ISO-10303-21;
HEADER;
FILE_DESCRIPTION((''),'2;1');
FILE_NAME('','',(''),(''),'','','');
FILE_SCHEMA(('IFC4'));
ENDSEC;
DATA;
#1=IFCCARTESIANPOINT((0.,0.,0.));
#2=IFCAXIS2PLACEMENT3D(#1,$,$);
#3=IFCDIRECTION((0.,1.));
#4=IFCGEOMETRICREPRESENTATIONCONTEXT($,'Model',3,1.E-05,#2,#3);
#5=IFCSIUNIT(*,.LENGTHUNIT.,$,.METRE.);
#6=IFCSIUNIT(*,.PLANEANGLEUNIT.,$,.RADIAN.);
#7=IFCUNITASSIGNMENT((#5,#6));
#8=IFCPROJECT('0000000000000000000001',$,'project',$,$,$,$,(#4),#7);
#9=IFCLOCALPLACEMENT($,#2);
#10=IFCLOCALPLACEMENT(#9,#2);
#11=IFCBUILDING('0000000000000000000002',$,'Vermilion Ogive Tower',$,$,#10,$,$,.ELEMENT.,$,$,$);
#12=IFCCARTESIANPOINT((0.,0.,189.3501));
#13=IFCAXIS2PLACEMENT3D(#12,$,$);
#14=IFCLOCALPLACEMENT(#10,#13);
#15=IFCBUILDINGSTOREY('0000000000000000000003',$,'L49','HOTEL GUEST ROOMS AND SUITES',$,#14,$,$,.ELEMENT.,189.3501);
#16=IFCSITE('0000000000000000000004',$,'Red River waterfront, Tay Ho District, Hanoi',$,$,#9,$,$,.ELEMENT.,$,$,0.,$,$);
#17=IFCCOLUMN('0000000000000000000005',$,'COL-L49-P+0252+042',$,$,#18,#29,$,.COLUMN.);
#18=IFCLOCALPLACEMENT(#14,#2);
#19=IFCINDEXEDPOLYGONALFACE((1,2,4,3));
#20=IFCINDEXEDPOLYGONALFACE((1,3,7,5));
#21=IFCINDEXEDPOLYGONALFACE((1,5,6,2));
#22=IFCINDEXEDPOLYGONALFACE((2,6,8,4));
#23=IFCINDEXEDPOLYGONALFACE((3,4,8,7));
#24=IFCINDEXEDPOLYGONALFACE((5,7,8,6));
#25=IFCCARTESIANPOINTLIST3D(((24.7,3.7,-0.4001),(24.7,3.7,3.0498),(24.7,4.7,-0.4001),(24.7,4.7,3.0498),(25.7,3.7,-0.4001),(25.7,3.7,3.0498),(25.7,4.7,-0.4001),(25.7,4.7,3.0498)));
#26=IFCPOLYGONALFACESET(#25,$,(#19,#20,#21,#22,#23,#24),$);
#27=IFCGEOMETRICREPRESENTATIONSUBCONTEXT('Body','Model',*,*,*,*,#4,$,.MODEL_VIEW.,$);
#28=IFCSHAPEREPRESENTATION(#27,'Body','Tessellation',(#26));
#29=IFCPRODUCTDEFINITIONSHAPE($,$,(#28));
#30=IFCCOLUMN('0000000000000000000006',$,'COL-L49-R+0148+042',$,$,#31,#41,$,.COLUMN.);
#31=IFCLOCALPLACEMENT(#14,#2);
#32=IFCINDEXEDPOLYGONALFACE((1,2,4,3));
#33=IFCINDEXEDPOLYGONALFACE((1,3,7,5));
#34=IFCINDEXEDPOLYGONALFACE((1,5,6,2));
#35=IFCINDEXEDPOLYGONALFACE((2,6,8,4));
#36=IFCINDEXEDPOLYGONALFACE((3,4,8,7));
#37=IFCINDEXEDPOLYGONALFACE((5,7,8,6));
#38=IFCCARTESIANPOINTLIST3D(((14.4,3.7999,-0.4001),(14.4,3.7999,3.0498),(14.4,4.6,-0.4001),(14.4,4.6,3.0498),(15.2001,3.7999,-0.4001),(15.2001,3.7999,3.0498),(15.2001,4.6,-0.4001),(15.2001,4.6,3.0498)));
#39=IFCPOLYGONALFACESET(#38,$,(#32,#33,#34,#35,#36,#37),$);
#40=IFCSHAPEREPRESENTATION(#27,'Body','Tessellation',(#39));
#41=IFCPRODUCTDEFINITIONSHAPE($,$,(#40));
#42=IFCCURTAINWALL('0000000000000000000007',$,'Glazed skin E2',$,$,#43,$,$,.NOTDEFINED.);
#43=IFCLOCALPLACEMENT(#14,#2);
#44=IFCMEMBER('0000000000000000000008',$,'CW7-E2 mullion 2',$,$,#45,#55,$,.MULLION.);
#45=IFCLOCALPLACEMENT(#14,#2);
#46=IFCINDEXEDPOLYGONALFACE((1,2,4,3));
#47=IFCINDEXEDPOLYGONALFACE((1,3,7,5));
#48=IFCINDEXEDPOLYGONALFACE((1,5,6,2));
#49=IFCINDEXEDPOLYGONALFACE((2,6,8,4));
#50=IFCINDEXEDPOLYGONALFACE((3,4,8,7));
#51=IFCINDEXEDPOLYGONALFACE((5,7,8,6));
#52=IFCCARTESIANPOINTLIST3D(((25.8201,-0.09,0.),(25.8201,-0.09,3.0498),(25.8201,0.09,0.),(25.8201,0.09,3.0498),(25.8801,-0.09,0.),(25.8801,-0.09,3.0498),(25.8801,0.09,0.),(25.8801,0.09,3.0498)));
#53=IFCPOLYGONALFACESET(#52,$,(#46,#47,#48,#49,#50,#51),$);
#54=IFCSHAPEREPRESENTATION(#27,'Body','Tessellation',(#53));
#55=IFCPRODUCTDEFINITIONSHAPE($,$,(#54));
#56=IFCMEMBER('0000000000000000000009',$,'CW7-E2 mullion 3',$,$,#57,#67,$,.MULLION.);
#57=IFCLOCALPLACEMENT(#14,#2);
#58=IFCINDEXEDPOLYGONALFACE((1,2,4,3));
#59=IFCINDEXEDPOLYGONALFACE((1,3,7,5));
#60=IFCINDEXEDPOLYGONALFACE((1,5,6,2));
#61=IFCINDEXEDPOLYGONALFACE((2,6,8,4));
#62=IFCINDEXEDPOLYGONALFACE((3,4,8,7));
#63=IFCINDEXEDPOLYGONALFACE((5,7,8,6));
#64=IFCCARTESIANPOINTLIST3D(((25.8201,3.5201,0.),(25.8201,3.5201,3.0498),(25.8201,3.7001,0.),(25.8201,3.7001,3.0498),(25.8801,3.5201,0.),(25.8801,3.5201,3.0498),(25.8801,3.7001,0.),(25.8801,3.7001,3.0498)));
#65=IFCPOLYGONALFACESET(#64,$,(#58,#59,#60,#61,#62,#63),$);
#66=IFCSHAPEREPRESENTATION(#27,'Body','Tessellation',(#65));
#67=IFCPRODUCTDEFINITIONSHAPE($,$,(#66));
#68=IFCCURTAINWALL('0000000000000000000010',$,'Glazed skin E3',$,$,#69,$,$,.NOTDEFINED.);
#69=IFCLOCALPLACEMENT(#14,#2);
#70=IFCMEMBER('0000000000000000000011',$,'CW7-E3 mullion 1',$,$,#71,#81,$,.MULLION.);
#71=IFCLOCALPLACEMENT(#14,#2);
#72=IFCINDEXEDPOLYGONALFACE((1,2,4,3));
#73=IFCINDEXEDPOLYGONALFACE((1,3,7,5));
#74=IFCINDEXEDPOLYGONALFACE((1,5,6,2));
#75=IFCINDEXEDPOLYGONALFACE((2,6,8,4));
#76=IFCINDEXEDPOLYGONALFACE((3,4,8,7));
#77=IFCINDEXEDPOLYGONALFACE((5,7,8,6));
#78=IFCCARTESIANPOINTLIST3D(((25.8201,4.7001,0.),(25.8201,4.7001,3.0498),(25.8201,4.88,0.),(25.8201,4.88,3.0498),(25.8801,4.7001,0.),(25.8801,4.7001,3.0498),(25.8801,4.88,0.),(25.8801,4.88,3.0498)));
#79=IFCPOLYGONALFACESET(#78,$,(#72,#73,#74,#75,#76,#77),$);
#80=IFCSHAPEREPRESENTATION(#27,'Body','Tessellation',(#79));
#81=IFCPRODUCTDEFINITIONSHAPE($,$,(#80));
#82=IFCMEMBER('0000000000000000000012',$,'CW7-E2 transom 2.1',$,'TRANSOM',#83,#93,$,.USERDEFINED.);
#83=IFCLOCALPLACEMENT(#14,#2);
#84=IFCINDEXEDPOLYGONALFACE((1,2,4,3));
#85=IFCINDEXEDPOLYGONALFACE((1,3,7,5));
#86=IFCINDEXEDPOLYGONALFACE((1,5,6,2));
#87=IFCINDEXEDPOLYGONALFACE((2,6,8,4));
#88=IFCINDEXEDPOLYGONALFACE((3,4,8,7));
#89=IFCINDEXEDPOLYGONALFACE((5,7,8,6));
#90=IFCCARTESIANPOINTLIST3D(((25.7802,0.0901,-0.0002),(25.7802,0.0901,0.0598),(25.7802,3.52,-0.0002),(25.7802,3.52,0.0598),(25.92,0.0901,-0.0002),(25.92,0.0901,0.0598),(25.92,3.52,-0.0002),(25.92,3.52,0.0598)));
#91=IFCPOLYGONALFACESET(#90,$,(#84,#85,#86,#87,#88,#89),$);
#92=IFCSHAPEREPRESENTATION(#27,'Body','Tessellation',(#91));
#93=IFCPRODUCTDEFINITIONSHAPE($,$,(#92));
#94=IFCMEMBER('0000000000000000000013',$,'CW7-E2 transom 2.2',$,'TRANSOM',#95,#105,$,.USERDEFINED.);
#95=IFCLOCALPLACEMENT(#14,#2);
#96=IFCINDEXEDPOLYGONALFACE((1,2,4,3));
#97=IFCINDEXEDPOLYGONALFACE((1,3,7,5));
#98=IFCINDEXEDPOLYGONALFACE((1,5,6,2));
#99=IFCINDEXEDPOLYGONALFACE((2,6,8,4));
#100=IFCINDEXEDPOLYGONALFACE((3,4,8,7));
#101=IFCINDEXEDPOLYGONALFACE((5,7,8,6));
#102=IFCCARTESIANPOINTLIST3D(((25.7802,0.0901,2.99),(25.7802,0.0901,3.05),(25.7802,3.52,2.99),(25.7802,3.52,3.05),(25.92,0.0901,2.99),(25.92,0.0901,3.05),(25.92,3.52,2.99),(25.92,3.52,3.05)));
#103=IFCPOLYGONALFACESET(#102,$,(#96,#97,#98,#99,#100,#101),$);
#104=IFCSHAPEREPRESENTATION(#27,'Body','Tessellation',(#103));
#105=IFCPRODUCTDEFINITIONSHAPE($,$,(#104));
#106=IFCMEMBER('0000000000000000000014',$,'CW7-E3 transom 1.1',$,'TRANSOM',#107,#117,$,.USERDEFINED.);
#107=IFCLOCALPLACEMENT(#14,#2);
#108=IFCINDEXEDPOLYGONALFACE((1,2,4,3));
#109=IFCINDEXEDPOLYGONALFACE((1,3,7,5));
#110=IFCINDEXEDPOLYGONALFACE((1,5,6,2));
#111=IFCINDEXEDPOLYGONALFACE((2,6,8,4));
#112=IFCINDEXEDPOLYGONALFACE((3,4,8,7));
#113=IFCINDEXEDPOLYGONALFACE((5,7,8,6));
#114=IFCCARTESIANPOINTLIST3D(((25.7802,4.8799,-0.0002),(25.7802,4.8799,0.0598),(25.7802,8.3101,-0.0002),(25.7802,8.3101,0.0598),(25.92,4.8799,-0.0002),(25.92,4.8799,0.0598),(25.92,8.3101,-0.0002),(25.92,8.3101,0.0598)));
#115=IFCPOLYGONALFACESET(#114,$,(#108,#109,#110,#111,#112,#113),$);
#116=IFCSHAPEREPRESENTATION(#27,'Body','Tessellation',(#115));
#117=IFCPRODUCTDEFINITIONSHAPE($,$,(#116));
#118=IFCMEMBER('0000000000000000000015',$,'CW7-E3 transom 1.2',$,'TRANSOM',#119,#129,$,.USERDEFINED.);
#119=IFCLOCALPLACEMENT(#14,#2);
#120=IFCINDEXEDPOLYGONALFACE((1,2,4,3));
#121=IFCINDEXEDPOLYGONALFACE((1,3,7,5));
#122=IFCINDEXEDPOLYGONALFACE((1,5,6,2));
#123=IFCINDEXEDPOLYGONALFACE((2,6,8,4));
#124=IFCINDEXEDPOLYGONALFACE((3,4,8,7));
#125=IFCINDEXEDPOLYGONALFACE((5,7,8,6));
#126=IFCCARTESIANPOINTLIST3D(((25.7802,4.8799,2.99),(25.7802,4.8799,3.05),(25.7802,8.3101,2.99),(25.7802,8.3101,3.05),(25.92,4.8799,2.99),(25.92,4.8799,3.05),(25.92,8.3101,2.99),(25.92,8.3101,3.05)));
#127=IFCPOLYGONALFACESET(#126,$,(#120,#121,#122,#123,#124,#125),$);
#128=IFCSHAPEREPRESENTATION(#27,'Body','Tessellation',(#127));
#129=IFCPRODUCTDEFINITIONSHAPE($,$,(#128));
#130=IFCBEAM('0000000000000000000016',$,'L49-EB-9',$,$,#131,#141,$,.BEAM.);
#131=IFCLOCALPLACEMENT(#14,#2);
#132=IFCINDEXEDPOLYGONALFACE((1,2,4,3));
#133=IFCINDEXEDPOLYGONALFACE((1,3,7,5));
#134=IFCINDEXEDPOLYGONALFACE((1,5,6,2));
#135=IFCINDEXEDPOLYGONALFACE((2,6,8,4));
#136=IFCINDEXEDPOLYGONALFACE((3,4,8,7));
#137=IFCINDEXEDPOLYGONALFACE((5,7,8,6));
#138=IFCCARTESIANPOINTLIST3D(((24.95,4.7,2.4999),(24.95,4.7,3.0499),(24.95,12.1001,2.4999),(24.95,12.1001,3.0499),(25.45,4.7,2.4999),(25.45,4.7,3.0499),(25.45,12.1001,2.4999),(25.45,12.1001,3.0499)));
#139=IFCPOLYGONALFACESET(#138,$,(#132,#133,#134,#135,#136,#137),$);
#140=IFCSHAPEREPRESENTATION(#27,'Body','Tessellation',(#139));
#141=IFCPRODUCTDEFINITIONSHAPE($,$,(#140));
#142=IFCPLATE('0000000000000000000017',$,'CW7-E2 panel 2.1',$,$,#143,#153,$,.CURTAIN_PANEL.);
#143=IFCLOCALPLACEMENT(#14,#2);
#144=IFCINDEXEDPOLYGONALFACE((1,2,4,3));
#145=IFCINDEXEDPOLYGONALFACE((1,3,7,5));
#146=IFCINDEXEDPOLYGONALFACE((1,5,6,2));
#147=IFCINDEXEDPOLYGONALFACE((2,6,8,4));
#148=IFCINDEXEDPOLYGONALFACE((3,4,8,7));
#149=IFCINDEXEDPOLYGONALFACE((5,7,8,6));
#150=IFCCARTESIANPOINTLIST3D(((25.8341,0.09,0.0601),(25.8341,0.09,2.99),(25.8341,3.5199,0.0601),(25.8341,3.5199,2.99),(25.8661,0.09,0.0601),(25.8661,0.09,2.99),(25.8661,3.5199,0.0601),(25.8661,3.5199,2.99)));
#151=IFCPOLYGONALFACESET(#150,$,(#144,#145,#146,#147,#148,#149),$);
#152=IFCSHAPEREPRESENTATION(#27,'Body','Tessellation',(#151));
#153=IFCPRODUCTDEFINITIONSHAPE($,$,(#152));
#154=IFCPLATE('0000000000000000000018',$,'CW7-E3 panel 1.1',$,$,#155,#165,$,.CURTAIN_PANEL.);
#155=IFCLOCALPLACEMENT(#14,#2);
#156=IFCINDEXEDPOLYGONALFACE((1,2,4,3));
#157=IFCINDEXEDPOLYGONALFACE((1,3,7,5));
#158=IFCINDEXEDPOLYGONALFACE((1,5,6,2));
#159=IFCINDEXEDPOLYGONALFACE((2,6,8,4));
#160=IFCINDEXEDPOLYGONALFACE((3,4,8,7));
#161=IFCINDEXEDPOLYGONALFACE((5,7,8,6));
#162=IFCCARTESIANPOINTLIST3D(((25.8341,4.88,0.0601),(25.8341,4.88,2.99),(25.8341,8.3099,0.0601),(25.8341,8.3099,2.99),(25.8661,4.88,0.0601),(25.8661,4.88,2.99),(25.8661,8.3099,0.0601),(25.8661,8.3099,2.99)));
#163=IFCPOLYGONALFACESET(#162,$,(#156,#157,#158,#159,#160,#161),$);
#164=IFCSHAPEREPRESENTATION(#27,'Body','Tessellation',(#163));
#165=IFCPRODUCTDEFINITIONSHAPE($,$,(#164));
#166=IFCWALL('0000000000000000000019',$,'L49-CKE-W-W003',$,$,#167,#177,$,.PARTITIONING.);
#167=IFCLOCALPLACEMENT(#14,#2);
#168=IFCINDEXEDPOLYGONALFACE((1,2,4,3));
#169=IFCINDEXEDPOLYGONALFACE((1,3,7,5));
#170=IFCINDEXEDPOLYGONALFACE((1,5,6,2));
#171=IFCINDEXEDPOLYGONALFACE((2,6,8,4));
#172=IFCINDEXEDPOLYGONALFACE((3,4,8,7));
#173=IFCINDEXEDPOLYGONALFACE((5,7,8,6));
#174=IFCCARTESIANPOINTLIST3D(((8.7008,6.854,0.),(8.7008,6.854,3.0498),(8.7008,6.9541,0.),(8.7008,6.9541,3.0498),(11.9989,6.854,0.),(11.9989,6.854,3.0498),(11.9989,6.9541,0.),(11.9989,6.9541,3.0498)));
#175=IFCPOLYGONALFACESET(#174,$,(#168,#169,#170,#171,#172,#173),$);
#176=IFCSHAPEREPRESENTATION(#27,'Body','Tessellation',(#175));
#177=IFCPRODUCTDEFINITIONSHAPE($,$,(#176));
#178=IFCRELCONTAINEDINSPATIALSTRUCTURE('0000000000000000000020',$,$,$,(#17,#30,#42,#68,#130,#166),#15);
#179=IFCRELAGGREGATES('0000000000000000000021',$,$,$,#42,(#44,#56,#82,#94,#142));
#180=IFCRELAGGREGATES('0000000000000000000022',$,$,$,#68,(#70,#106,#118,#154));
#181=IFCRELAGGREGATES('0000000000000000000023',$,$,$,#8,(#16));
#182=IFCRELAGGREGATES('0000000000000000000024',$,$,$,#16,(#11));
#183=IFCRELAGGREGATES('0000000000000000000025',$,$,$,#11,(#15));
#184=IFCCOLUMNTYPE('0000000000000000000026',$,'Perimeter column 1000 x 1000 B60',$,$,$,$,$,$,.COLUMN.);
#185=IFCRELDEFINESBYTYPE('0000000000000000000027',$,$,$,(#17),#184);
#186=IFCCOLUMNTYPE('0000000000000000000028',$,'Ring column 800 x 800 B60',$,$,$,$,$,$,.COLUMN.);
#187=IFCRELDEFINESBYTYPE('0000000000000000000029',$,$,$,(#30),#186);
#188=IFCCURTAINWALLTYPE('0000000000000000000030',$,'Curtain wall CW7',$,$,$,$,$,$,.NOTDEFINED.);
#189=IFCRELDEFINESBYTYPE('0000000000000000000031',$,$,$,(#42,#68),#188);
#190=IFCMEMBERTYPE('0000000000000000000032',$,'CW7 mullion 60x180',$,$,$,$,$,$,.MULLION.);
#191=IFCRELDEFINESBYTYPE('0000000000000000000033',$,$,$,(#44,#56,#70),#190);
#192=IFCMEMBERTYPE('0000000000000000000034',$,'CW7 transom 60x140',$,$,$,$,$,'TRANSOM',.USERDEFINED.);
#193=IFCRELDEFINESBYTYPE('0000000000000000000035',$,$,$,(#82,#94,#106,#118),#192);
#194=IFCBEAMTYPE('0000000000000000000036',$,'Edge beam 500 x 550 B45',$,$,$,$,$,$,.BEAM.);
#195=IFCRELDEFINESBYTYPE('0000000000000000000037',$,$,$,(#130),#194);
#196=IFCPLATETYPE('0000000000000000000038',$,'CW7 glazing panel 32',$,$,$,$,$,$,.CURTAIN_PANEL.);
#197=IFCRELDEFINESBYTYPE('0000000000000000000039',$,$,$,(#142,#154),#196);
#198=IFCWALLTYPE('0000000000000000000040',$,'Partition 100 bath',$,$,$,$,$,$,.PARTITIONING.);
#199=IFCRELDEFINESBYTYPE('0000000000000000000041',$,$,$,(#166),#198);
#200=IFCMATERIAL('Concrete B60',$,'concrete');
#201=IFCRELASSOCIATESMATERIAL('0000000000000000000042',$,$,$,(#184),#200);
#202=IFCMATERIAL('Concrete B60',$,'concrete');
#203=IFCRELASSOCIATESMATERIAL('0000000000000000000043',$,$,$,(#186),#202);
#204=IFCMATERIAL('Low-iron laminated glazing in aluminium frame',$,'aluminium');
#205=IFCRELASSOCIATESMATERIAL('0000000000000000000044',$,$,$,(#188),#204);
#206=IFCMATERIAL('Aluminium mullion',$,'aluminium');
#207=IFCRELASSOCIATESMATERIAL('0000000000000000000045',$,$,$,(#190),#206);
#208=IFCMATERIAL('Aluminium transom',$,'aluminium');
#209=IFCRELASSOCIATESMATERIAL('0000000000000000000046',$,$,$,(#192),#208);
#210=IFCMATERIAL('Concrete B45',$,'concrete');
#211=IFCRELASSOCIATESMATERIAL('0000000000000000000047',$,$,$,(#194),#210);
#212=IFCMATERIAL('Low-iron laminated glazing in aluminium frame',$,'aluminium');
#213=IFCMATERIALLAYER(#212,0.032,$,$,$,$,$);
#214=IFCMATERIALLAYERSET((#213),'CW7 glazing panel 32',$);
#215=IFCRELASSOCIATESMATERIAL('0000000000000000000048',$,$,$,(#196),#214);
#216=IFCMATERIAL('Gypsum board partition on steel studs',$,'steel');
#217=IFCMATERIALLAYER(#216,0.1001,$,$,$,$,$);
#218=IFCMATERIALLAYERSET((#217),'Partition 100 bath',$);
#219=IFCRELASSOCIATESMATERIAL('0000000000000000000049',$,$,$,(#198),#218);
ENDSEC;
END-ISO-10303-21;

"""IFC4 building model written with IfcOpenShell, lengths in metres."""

from ifc_helpers import new_model, si_unit, direction, frame, frame_2d, origin, origin_2d, place, context, subcontext, project, spatial, rectangle, extrude, material, layer, layer_set, material_profile, profile_set, type_object, element, aggregate, save


model = new_model("IFC4")

# Units and contexts
model_context = context("Model", 3, precision=1e-05, world=origin(), true_north=direction((0.0, 1.0)))
body_context = subcontext(model_context, "Body", "Model", "MODEL_VIEW")
ifc_project = project(units=[si_unit("LENGTHUNIT", "METRE"), si_unit("PLANEANGLEUNIT", "RADIAN")], contexts=[model_context])

# Site, building, storey
site_placement = place(None, origin())
site = spatial("IfcSite", under=ifc_project, at=site_placement, Name="Red River waterfront, Tay Ho District, Hanoi", CompositionType="ELEMENT", RefElevation=0.0)
building_placement = place(site_placement, origin())
building = spatial("IfcBuilding", under=site, at=building_placement, Name="Vermilion Ogive Tower", CompositionType="ELEMENT")
storey_placement = place(building_placement, frame((0.0, 0.0, 189.3501)))
storey = spatial("IfcBuildingStorey", under=building, at=storey_placement, Name="L49", Description="HOTEL GUEST ROOMS AND SUITES", CompositionType="ELEMENT", Elevation=189.3501)

# Columns
ifc_material_1 = material(Name="Concrete B60", Category="concrete")
ifc_material_profile_1 = material_profile(ifc_material_1, rectangle(XDim=1.0, YDim=1.0, at=origin_2d()), Name="1000 x 1000")
ifc_profile_set_1 = profile_set([ifc_material_profile_1], Name="Concrete B60")
column_type_1 = type_object("IfcColumnType", Name="Perimeter column 1000 x 1000 B60", PredefinedType="COLUMN", material=ifc_profile_set_1)
column_1_placement = place(storey_placement, frame((25.2, 4.2, -0.4001), z_axis=(0.0, 0.0, 1.0), x_axis=(1.0, 0.0, 0.0)))
element("IfcColumn", 1, at=column_1_placement, inside=storey, type_object=column_type_1, Name="COL-L49-P+0252+042", PredefinedType="COLUMN", context=body_context, shape_type="SweptSolid", body=[
    extrude(rectangle(XDim=1.0, YDim=1.0, at=origin_2d()), origin(), (0.0, 0.0, 1.0), 3.45),
])
ifc_material_2 = material(Name="Concrete B60", Category="concrete")
ifc_material_profile_2 = material_profile(ifc_material_2, rectangle(XDim=0.8, YDim=0.8, at=origin_2d()), Name="800 x 800")
ifc_profile_set_2 = profile_set([ifc_material_profile_2], Name="Concrete B60")
column_type_2 = type_object("IfcColumnType", Name="Ring column 800 x 800 B60", PredefinedType="COLUMN", material=ifc_profile_set_2)
column_2_placement = place(storey_placement, frame((14.8, 4.2, -0.4001), z_axis=(0.0, 0.0, 1.0), x_axis=(1.0, 0.0, 0.0)))
element("IfcColumn", 2, at=column_2_placement, inside=storey, type_object=column_type_2, Name="COL-L49-R+0148+042", PredefinedType="COLUMN", context=body_context, shape_type="SweptSolid", body=[
    extrude(rectangle(XDim=0.8, YDim=0.8, at=origin_2d()), origin(), (0.0, 0.0, 1.0), 3.45),
])

# Curtain wall, members
ifc_material_3 = material(Name="Low-iron laminated glazing in aluminium frame", Category="aluminium")
curtain_wall_type = type_object("IfcCurtainWallType", Name="Curtain wall CW7", PredefinedType="NOTDEFINED", material=ifc_material_3)
curtain_wall_1_placement = place(storey_placement, origin())
curtain_wall_1 = element("IfcCurtainWall", 3, at=curtain_wall_1_placement, inside=storey, type_object=curtain_wall_type, Name="Glazed skin E2", PredefinedType="NOTDEFINED")
ifc_material_4 = material(Name="Aluminium mullion", Category="aluminium")
ifc_material_profile_3 = material_profile(ifc_material_4, rectangle(XDim=0.0601, YDim=0.1799, at=origin_2d()), Name="AL 60x180")
ifc_profile_set_3 = profile_set([ifc_material_profile_3], Name="Aluminium mullion")
member_type_1 = type_object("IfcMemberType", Name="CW7 mullion 60x180", PredefinedType="MULLION", material=ifc_profile_set_3)
member_1_placement = place(storey_placement, frame((25.8501, 0.0, 0.0), z_axis=(0.0, 0.0, 1.0), x_axis=(-1.0, 0.0, 0.0)))
member_1 = element("IfcMember", 4, at=member_1_placement, type_object=member_type_1, Name="CW7-E2 mullion 2", PredefinedType="MULLION", context=body_context, shape_type="SweptSolid", body=[
    extrude(rectangle(XDim=0.0601, YDim=0.1799, at=origin_2d()), origin(), (0.0, 0.0, 1.0), 3.0498),
])
member_2_placement = place(storey_placement, frame((25.8501, 3.6101, 0.0), z_axis=(0.0, 0.0, 1.0), x_axis=(-1.0, 0.0, 0.0)))
member_2 = element("IfcMember", 5, at=member_2_placement, type_object=member_type_1, Name="CW7-E2 mullion 3", PredefinedType="MULLION", context=body_context, shape_type="SweptSolid", body=[
    extrude(rectangle(XDim=0.0601, YDim=0.1799, at=origin_2d()), origin(), (0.0, 0.0, 1.0), 3.0498),
])

# Curtain wall, member
curtain_wall_2_placement = place(storey_placement, origin())
curtain_wall_2 = element("IfcCurtainWall", 6, at=curtain_wall_2_placement, inside=storey, type_object=curtain_wall_type, Name="Glazed skin E3", PredefinedType="NOTDEFINED")
member_3_placement = place(storey_placement, frame((25.8501, 4.79, 0.0), z_axis=(0.0, 0.0, 1.0), x_axis=(-1.0, 0.0, 0.0)))
member_3 = element("IfcMember", 7, at=member_3_placement, type_object=member_type_1, Name="CW7-E3 mullion 1", PredefinedType="MULLION", context=body_context, shape_type="SweptSolid", body=[
    extrude(rectangle(XDim=0.0601, YDim=0.1799, at=origin_2d()), origin(), (0.0, 0.0, 1.0), 3.0498),
])

# Members
ifc_material_5 = material(Name="Aluminium transom", Category="aluminium")
ifc_material_profile_4 = material_profile(ifc_material_5, rectangle(XDim=0.1399, YDim=0.0601, at=origin_2d()), Name="AL 60x140")
ifc_profile_set_4 = profile_set([ifc_material_profile_4], Name="Aluminium transom")
member_type_2 = type_object("IfcMemberType", Name="CW7 transom 60x140", ElementType="TRANSOM", PredefinedType="USERDEFINED", material=ifc_profile_set_4)
member_4_placement = place(storey_placement, frame((25.8501, 0.0901, 0.0298), z_axis=(0.0, 1.0, 0.0), x_axis=(-1.0, 0.0, 0.0)))
member_4 = element("IfcMember", 8, at=member_4_placement, type_object=member_type_2, Name="CW7-E2 transom 2.1", ObjectType="TRANSOM", PredefinedType="USERDEFINED", context=body_context, shape_type="SweptSolid", body=[
    extrude(rectangle(XDim=0.1399, YDim=0.0601, at=origin_2d()), origin(), (0.0, 0.0, 1.0), 3.4299),
])
member_5_placement = place(storey_placement, frame((25.8501, 0.0901, 3.02), z_axis=(0.0, 1.0, 0.0), x_axis=(-1.0, 0.0, 0.0)))
member_5 = element("IfcMember", 9, at=member_5_placement, type_object=member_type_2, Name="CW7-E2 transom 2.2", ObjectType="TRANSOM", PredefinedType="USERDEFINED", context=body_context, shape_type="SweptSolid", body=[
    extrude(rectangle(XDim=0.1399, YDim=0.0601, at=origin_2d()), origin(), (0.0, 0.0, 1.0), 3.4299),
])
member_6_placement = place(storey_placement, frame((25.8501, 4.8799, 0.0298), z_axis=(0.0, 1.0, 0.0), x_axis=(-1.0, 0.0, 0.0)))
member_6 = element("IfcMember", 10, at=member_6_placement, type_object=member_type_2, Name="CW7-E3 transom 1.1", ObjectType="TRANSOM", PredefinedType="USERDEFINED", context=body_context, shape_type="SweptSolid", body=[
    extrude(rectangle(XDim=0.1399, YDim=0.0601, at=origin_2d()), origin(), (0.0, 0.0, 1.0), 3.4302),
])
member_7_placement = place(storey_placement, frame((25.8501, 4.8799, 3.02), z_axis=(0.0, 1.0, 0.0), x_axis=(-1.0, 0.0, 0.0)))
member_7 = element("IfcMember", 11, at=member_7_placement, type_object=member_type_2, Name="CW7-E3 transom 1.2", ObjectType="TRANSOM", PredefinedType="USERDEFINED", context=body_context, shape_type="SweptSolid", body=[
    extrude(rectangle(XDim=0.1399, YDim=0.0601, at=origin_2d()), origin(), (0.0, 0.0, 1.0), 3.4302),
])

# Beam
ifc_material_6 = material(Name="Concrete B45", Category="concrete")
ifc_material_profile_5 = material_profile(ifc_material_6, rectangle(XDim=0.5, YDim=0.55, at=origin_2d()), Name="500 x 550")
ifc_profile_set_5 = profile_set([ifc_material_profile_5], Name="Concrete B45")
beam_type = type_object("IfcBeamType", Name="Edge beam 500 x 550 B45", PredefinedType="BEAM", material=ifc_profile_set_5)
beam_placement = place(storey_placement, frame((25.2, 4.7, 2.7749), z_axis=(0.0, 1.0, 0.0), x_axis=(-1.0, 0.0, 0.0)))
element("IfcBeam", 12, at=beam_placement, inside=storey, type_object=beam_type, Name="L49-EB-9", PredefinedType="BEAM", context=body_context, shape_type="SweptSolid", body=[
    extrude(rectangle(XDim=0.5, YDim=0.55, at=origin_2d()), origin(), (0.0, 0.0, 1.0), 7.4001),
])

# Plates
ifc_material_7 = material(Name="Low-iron laminated glazing in aluminium frame", Category="aluminium")
ifc_layer_1 = layer(ifc_material_7, 0.032)
ifc_layer_set_1 = layer_set([ifc_layer_1], Name="CW7 glazing panel 32")
plate_type = type_object("IfcPlateType", Name="CW7 glazing panel 32", PredefinedType="CURTAIN_PANEL", material=ifc_layer_set_1)
plate_1_placement = place(storey_placement, frame((25.8501, 1.8049, 0.0601), z_axis=(0.0, 0.0, 1.0), x_axis=(0.0, 1.0, 0.0)))
plate_1 = element("IfcPlate", 13, at=plate_1_placement, type_object=plate_type, Name="CW7-E2 panel 2.1", PredefinedType="CURTAIN_PANEL", context=body_context, shape_type="SweptSolid", body=[
    extrude(rectangle(XDim=3.4299, YDim=0.032, at=origin_2d()), origin(), (0.0, 0.0, 1.0), 2.9299),
])
aggregate(curtain_wall_1, [member_1, member_2, member_4, member_5, plate_1])
plate_2_placement = place(storey_placement, frame((25.8501, 6.595, 0.0601), z_axis=(0.0, 0.0, 1.0), x_axis=(0.0, 1.0, 0.0)))
plate_2 = element("IfcPlate", 14, at=plate_2_placement, type_object=plate_type, Name="CW7-E3 panel 1.1", PredefinedType="CURTAIN_PANEL", context=body_context, shape_type="SweptSolid", body=[
    extrude(rectangle(XDim=3.4299, YDim=0.032, at=origin_2d()), origin(), (0.0, 0.0, 1.0), 2.9299),
])
aggregate(curtain_wall_2, [member_3, member_6, member_7, plate_2])

# Wall
ifc_material_8 = material(Name="Gypsum board partition on steel studs", Category="steel")
ifc_layer_2 = layer(ifc_material_8, 0.1001)
ifc_layer_set_2 = layer_set([ifc_layer_2], Name="Partition 100 bath")
wall_type_1 = type_object("IfcWallType", Name="Partition 100 bath", PredefinedType="PARTITIONING", material=ifc_layer_set_2)
wall_1_placement = place(storey_placement, frame((8.7009, 6.9041, 0.0), z_axis=(0.0, 0.0, 1.0), x_axis=(1.0, 0.0, 0.0)))
element("IfcWall", 15, at=wall_1_placement, inside=storey, type_object=wall_type_1, Name="L49-CKE-W-W003", PredefinedType="PARTITIONING", context=body_context, shape_type="SweptSolid", body=[
    extrude(rectangle(XDim=3.2981, YDim=0.1001, at=frame_2d((1.6489, 0.0))), origin(), (0.0, 0.0, 1.0), 3.0498),
])

save(model, "model.ifc")
